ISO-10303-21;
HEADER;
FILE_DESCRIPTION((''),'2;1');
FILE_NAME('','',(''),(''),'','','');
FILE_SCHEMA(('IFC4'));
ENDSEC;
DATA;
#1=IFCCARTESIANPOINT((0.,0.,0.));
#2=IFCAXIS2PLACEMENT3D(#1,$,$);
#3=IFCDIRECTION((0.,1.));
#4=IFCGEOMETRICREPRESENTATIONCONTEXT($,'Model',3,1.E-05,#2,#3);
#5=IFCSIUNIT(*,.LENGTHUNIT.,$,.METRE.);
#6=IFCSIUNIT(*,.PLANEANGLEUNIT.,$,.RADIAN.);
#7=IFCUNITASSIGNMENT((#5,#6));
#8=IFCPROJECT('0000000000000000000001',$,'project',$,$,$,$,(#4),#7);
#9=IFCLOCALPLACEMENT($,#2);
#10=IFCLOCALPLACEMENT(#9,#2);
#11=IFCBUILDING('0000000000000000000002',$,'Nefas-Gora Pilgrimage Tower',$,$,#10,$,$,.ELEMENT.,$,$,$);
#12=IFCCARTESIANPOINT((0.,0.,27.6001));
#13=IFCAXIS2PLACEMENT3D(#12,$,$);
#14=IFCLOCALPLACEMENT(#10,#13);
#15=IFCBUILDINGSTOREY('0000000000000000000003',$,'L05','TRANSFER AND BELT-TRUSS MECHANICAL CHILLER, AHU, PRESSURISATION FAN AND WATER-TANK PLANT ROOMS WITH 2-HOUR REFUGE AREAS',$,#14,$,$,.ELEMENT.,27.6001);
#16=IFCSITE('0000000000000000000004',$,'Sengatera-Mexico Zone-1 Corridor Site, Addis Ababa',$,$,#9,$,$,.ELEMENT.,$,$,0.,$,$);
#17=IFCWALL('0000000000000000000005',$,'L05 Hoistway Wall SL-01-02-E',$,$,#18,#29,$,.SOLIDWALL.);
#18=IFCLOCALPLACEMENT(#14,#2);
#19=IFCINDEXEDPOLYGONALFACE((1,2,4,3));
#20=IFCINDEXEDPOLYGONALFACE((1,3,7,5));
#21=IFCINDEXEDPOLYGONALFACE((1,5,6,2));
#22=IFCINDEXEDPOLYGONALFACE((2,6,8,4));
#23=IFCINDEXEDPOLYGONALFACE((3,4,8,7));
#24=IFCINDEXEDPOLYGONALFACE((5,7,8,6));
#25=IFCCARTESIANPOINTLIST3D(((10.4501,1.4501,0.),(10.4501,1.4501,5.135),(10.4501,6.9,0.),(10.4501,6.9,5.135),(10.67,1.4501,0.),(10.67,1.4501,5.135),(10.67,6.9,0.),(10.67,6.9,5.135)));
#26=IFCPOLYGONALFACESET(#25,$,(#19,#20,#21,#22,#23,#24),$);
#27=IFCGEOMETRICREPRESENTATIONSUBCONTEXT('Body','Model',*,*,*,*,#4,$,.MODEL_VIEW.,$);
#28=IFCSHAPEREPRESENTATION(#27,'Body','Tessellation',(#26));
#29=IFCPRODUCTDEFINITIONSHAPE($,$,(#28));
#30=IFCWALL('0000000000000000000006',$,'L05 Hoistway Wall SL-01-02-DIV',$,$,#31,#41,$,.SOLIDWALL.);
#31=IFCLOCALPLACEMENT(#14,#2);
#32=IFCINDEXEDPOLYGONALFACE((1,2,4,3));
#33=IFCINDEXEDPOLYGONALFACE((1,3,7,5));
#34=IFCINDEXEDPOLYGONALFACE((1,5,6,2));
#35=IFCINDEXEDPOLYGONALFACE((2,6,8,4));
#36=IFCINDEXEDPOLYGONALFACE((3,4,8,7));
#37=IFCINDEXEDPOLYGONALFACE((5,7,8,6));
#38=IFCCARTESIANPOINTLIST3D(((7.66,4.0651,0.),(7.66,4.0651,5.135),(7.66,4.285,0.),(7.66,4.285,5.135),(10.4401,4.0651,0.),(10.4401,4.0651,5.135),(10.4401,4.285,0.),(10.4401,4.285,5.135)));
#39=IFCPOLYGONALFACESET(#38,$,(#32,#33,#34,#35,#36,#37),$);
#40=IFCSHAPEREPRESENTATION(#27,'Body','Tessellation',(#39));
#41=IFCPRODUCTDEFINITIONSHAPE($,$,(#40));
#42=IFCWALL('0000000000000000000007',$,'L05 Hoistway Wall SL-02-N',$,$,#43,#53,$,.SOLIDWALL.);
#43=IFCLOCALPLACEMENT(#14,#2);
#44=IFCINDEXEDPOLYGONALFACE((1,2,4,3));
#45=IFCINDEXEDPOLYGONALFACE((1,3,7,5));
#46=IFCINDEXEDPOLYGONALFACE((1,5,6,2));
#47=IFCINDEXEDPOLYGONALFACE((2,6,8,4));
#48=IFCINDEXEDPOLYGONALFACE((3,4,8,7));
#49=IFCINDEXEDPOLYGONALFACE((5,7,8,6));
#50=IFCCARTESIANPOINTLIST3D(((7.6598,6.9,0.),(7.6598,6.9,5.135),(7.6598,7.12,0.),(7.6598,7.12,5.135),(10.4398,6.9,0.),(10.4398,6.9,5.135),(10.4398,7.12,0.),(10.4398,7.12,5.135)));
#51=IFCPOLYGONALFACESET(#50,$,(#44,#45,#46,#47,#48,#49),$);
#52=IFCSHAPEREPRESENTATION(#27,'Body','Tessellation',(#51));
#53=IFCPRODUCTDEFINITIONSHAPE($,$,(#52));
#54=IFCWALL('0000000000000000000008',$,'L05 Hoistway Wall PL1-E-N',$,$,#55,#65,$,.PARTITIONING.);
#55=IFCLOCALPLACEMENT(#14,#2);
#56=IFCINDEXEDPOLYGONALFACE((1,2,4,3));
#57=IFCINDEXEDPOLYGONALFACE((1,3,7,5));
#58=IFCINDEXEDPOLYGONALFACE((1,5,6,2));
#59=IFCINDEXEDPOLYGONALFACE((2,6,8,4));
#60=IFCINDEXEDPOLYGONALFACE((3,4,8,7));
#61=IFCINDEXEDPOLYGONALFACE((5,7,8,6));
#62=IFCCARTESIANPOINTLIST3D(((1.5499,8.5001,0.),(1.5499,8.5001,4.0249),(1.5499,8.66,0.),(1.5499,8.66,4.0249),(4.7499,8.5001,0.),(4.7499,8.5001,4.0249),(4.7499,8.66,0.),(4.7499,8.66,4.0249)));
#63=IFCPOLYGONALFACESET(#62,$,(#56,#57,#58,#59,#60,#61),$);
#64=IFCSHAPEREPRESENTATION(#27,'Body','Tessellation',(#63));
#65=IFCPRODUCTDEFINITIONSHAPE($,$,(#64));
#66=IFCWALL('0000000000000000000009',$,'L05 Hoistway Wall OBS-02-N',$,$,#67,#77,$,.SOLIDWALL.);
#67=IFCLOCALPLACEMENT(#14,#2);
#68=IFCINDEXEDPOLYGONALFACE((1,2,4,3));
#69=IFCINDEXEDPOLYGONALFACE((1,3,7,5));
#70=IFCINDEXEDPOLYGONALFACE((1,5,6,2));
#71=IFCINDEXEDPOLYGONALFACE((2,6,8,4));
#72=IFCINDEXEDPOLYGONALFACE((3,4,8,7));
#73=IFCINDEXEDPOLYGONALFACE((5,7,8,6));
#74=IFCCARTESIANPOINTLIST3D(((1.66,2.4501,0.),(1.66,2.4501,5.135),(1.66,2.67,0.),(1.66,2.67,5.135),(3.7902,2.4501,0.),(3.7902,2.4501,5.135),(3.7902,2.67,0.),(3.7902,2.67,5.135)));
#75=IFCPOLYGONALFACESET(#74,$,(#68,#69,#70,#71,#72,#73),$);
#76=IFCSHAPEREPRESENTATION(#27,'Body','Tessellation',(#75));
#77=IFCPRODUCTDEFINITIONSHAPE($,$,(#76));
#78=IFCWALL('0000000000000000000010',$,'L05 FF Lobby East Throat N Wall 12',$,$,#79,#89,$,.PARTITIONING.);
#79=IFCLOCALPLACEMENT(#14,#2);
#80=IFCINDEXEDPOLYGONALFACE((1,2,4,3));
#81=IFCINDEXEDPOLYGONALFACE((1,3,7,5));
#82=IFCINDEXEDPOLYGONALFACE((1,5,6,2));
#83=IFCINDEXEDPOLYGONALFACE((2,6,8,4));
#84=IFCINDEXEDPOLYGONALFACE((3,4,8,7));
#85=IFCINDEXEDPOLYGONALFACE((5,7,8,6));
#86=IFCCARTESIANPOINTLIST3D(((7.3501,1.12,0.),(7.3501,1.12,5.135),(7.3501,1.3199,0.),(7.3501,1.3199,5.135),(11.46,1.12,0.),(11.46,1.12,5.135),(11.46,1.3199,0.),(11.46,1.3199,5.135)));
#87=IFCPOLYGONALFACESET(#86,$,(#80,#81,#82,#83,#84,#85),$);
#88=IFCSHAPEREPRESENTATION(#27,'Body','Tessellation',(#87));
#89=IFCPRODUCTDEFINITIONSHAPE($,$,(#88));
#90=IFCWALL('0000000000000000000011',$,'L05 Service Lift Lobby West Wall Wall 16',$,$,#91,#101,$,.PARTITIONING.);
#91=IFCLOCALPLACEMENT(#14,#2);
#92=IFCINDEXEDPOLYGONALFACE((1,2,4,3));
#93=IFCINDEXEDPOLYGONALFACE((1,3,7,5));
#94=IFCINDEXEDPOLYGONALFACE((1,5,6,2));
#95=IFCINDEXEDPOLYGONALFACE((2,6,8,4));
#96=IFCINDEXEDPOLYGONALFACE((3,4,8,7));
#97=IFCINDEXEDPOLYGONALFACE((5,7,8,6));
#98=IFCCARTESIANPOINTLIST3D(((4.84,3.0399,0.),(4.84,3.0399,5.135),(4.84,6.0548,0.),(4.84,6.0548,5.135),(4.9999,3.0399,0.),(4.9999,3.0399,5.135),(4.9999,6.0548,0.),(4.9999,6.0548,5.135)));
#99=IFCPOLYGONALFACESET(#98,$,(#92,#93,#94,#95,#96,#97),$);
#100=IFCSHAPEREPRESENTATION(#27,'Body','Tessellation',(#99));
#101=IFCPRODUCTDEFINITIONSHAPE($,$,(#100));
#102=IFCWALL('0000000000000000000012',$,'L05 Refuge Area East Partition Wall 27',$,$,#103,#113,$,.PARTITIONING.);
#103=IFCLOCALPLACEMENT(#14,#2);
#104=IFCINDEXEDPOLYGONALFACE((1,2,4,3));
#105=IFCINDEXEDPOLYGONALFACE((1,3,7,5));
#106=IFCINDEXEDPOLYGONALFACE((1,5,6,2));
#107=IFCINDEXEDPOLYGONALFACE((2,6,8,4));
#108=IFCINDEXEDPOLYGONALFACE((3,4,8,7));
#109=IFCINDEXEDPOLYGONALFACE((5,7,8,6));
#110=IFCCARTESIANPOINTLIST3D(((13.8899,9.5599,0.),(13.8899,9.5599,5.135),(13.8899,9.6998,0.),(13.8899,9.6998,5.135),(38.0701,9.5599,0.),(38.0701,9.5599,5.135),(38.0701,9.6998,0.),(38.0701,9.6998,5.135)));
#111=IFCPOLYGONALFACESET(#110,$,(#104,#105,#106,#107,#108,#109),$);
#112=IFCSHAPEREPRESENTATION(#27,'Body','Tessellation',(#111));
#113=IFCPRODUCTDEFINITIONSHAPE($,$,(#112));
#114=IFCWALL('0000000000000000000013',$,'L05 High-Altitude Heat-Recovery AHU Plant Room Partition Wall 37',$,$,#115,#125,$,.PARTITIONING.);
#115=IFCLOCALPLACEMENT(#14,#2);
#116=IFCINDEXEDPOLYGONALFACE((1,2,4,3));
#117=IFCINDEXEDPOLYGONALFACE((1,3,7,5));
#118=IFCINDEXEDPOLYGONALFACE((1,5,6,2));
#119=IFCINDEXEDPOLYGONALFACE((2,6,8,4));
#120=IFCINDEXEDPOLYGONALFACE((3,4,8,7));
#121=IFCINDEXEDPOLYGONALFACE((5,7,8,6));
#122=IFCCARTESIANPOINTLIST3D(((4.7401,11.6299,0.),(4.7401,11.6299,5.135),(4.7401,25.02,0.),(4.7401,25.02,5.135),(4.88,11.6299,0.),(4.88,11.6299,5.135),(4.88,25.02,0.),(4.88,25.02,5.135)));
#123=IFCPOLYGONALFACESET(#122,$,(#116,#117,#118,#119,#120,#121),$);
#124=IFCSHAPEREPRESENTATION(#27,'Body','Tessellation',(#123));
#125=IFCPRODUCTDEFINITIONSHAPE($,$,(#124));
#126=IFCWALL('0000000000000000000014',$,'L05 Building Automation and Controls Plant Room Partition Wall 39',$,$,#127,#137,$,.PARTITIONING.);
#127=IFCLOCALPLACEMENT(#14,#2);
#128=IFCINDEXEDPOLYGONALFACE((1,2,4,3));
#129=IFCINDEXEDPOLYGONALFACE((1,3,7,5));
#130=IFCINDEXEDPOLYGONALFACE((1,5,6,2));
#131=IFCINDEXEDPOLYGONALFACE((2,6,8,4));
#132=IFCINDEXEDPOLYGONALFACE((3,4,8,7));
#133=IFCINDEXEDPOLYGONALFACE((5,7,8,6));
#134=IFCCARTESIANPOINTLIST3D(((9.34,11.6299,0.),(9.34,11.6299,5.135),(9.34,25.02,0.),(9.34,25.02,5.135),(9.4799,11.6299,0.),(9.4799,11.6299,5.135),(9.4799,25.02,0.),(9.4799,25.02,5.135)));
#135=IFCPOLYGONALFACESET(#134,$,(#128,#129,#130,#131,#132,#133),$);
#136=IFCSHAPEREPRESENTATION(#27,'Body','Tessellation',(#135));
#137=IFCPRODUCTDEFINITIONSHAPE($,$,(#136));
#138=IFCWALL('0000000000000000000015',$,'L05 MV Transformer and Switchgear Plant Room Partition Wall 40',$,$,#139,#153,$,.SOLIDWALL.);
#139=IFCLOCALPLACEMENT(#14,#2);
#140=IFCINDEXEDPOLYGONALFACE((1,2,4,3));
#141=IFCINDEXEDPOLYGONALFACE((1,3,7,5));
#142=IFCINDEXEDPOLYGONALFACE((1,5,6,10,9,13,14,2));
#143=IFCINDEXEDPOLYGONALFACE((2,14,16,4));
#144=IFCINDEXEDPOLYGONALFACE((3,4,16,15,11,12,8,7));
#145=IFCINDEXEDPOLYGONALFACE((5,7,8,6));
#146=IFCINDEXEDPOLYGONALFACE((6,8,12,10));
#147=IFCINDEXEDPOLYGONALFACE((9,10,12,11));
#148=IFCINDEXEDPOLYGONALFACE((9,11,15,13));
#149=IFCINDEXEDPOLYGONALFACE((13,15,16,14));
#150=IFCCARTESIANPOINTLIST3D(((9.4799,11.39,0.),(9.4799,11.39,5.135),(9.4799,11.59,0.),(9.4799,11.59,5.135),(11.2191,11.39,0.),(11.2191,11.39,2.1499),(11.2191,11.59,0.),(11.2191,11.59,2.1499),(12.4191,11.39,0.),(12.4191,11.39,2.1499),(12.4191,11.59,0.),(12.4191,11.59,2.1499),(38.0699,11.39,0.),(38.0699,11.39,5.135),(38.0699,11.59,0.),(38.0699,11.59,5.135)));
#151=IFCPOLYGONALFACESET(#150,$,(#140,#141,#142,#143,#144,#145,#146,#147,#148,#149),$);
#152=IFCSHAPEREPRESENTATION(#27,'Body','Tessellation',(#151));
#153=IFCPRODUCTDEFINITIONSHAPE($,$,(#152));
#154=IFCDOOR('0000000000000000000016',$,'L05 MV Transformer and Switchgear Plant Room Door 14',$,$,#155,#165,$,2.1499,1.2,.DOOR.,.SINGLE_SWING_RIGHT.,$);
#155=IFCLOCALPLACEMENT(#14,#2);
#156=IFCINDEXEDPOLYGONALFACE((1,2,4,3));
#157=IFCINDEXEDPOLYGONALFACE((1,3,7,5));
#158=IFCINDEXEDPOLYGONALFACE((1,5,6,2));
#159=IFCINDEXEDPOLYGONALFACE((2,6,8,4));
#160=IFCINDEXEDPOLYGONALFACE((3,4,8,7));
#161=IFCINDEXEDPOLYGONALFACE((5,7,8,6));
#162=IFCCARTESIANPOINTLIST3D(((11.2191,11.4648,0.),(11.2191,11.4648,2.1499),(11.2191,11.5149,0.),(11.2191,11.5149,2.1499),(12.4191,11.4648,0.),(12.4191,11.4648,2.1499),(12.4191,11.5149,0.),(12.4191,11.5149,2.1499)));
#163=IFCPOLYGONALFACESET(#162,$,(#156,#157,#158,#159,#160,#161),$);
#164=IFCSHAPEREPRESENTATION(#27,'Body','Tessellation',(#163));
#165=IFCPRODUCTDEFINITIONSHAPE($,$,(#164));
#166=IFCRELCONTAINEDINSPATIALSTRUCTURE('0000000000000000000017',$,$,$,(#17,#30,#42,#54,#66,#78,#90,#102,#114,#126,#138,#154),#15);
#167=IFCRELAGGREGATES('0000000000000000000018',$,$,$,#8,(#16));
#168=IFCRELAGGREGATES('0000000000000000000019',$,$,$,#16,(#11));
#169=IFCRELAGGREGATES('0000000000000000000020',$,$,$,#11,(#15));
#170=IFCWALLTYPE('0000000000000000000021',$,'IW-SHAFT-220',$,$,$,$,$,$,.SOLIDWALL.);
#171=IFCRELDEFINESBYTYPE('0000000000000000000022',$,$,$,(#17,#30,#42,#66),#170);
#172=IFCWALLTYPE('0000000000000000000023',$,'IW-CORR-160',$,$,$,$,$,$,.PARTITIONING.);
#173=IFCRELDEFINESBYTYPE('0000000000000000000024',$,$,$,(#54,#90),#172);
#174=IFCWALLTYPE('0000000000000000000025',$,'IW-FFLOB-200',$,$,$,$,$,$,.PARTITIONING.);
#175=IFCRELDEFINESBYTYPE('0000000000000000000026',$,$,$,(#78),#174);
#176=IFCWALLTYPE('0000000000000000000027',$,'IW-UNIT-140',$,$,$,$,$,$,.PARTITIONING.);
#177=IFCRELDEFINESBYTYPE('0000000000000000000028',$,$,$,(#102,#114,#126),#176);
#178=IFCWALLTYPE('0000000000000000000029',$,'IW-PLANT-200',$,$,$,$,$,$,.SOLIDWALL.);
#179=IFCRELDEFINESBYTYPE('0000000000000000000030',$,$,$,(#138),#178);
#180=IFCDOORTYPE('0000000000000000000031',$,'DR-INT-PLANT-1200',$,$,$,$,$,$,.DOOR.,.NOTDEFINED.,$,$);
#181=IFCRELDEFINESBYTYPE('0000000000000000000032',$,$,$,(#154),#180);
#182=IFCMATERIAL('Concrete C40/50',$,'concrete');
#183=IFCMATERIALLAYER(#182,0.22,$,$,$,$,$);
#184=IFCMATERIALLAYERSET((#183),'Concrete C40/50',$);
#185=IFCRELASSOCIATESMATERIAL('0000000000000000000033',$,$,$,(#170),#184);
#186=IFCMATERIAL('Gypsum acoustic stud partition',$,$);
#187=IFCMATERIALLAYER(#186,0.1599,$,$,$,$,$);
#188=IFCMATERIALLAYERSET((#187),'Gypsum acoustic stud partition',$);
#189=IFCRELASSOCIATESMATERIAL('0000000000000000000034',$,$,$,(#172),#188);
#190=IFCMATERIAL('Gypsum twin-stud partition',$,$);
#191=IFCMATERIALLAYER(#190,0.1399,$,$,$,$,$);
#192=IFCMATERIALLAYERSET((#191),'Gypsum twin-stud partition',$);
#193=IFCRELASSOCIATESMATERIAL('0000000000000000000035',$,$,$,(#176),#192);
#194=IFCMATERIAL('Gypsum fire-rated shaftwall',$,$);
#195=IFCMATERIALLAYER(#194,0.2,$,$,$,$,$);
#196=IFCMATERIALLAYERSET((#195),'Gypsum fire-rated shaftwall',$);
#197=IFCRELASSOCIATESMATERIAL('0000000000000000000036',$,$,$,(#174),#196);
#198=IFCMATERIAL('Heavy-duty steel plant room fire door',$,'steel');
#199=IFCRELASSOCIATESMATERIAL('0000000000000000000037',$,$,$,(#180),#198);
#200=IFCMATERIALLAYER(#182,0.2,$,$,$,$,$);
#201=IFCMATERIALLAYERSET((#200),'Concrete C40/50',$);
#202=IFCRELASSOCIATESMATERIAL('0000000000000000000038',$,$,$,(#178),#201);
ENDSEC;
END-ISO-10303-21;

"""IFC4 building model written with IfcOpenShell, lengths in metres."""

from ifc_helpers import new_model, si_unit, direction, frame, frame_2d, origin, place, context, subcontext, project, spatial, rectangle, extrude, source, transform, mapped, material, layer, layer_set, type_object, element, fill, save


model = new_model("IFC4")

# Units and contexts
model_context = context("Model", 3, precision=1e-05, world=origin(), true_north=direction((0.0, 1.0)))
body_context = subcontext(model_context, "Body", "Model", "MODEL_VIEW")
ifc_project = project(units=[si_unit("LENGTHUNIT", "METRE"), si_unit("PLANEANGLEUNIT", "RADIAN")], contexts=[model_context])

# Site, building, storey
site_placement = place(None, origin())
site = spatial("IfcSite", under=ifc_project, at=site_placement, Name="Sengatera-Mexico Zone-1 Corridor Site, Addis Ababa", CompositionType="ELEMENT", RefElevation=0.0)
building_placement = place(site_placement, origin())
building = spatial("IfcBuilding", under=site, at=building_placement, Name="Nefas-Gora Pilgrimage Tower", CompositionType="ELEMENT")
storey_placement = place(building_placement, frame((0.0, 0.0, 27.6001)))
storey = spatial("IfcBuildingStorey", under=building, at=storey_placement, Name="L05", Description="TRANSFER AND BELT-TRUSS MECHANICAL CHILLER, AHU, PRESSURISATION FAN AND WATER-TANK PLANT ROOMS WITH 2-HOUR REFUGE AREAS", CompositionType="ELEMENT", Elevation=27.6001)

# Shared definitions
ifc_material_1 = material(Name="Concrete C40/50", Category="concrete")
ifc_layer_1 = layer(ifc_material_1, 0.22)
ifc_layer_set_1 = layer_set([ifc_layer_1], Name="Concrete C40/50")
wall_type_1 = type_object("IfcWallType", Name="IW-SHAFT-220", PredefinedType="SOLIDWALL", material=ifc_layer_set_1)
shared_shape_1 = source(origin(), body_context, "Body", "SweptSolid", [
    extrude(rectangle(XDim=5.45, YDim=0.22, at=frame_2d((2.7251, 0.0))), origin(), (0.0, 0.0, 1.0), 5.135),
])

# Walls
wall_1_placement = place(storey_placement, frame((10.5601, 1.45, 0.0), z_axis=(0.0, 0.0, 1.0), x_axis=(0.0, 1.0, 0.0)))
element("IfcWall", 1, at=wall_1_placement, inside=storey, type_object=wall_type_1, Name="L05 Hoistway Wall SL-01-02-E", PredefinedType="SOLIDWALL", context=body_context, shape_type="MappedRepresentation", body=[
    mapped(shared_shape_1, transform((0.0, 0.0, 0.0), x_axis=(1.0, 0.0, 0.0), y_axis=(0.0, 1.0, 0.0), z_axis=(0.0, 0.0, 1.0), scale=1.0)),
])
shared_shape_2 = source(origin(), body_context, "Body", "SweptSolid", [
    extrude(rectangle(XDim=2.78, YDim=0.22, at=frame_2d((1.3901, 0.0))), origin(), (0.0, 0.0, 1.0), 5.135),
])
for number, where, z_axis, x_axis, name in (
    (2, (7.6599, 4.175, 0.0), (0.0, 0.0, 1.0), (1.0, 0.0, 0.0), "L05 Hoistway Wall SL-01-02-DIV"),
    (3, (10.4399, 7.01, 0.0), (0.0, 0.0, 1.0), (-1.0, 0.0, 0.0), "L05 Hoistway Wall SL-02-N"),
):
    element("IfcWall", number, at=place(storey_placement, frame(where, z_axis=z_axis, x_axis=x_axis)), inside=storey, type_object=wall_type_1, Name=name, PredefinedType="SOLIDWALL", context=body_context, shape_type="MappedRepresentation", body=[
        mapped(shared_shape_2, transform((0.0, 0.0, 0.0), x_axis=(1.0, 0.0, 0.0), y_axis=(0.0, 1.0, 0.0), z_axis=(0.0, 0.0, 1.0), scale=1.0)),
    ])
ifc_material_2 = material(Name="Gypsum acoustic stud partition")
ifc_layer_2 = layer(ifc_material_2, 0.1599)
ifc_layer_set_2 = layer_set([ifc_layer_2], Name="Gypsum acoustic stud partition")
wall_type_2 = type_object("IfcWallType", Name="IW-CORR-160", PredefinedType="PARTITIONING", material=ifc_layer_set_2)
shared_shape_3 = source(origin(), body_context, "Body", "SweptSolid", [
    extrude(rectangle(XDim=3.2, YDim=0.1599, at=frame_2d((1.6001, 0.0))), origin(), (0.0, 0.0, 1.0), 4.0249),
])
wall_2_placement = place(storey_placement, frame((4.75, 8.5801, 0.0), z_axis=(0.0, 0.0, 1.0), x_axis=(-1.0, 0.0, 0.0)))
element("IfcWall", 4, at=wall_2_placement, inside=storey, type_object=wall_type_2, Name="L05 Hoistway Wall PL1-E-N", PredefinedType="PARTITIONING", context=body_context, shape_type="MappedRepresentation", body=[
    mapped(shared_shape_3, transform((0.0, 0.0, 0.0), x_axis=(1.0, 0.0, 0.0), y_axis=(0.0, 1.0, 0.0), z_axis=(0.0, 0.0, 1.0), scale=1.0)),
])
ifc_material_3 = material(Name="Gypsum twin-stud partition")
ifc_layer_3 = layer(ifc_material_3, 0.1399)
ifc_layer_set_3 = layer_set([ifc_layer_3], Name="Gypsum twin-stud partition")
wall_type_3 = type_object("IfcWallType", Name="IW-UNIT-140", PredefinedType="PARTITIONING", material=ifc_layer_set_3)
shared_shape_4 = source(origin(), body_context, "Body", "SweptSolid", [
    extrude(rectangle(XDim=2.1301, YDim=0.22, at=frame_2d((1.0649, 0.0))), origin(), (0.0, 0.0, 1.0), 5.135),
])
wall_3_placement = place(storey_placement, frame((3.79, 2.5601, 0.0), z_axis=(0.0, 0.0, 1.0), x_axis=(-1.0, 0.0, 0.0)))
element("IfcWall", 5, at=wall_3_placement, inside=storey, type_object=wall_type_1, Name="L05 Hoistway Wall OBS-02-N", PredefinedType="SOLIDWALL", context=body_context, shape_type="MappedRepresentation", body=[
    mapped(shared_shape_4, transform((0.0, 0.0, 0.0), x_axis=(1.0, 0.0, 0.0), y_axis=(0.0, 1.0, 0.0), z_axis=(0.0, 0.0, 1.0), scale=1.0)),
])

# Shared definitions
ifc_material_4 = material(Name="Gypsum fire-rated shaftwall")
ifc_layer_4 = layer(ifc_material_4, 0.2)
ifc_layer_set_4 = layer_set([ifc_layer_4], Name="Gypsum fire-rated shaftwall")
wall_type_4 = type_object("IfcWallType", Name="IW-FFLOB-200", PredefinedType="PARTITIONING", material=ifc_layer_set_4)
ifc_material_5 = material(Name="Heavy-duty steel plant room fire door", Category="steel")
door_type_1 = type_object("IfcDoorType", Name="DR-INT-PLANT-1200", OperationType="NOTDEFINED", PredefinedType="DOOR", material=ifc_material_5)
shared_shape_5 = source(origin(), body_context, "Body", "SweptSolid", [
    extrude(rectangle(XDim=1.2, YDim=2.1499, at=frame_2d((0.6001, 1.075))), frame((0.0, 0.0249, 0.0), z_axis=(0.0, -1.0, 0.0), x_axis=(1.0, 0.0, 0.0)), (0.0, 0.0, 1.0), 0.05),
])

# Walls
shared_shape_6 = source(origin(), body_context, "Body", "SweptSolid", [
    extrude(rectangle(XDim=4.1099, YDim=0.2, at=frame_2d((2.0549, 0.0))), origin(), (0.0, 0.0, 1.0), 5.135),
])
wall_4_placement = place(storey_placement, frame((7.3501, 1.22, 0.0), z_axis=(0.0, 0.0, 1.0), x_axis=(1.0, 0.0, 0.0)))
element("IfcWall", 6, at=wall_4_placement, inside=storey, type_object=wall_type_4, Name="L05 FF Lobby East Throat N Wall 12", PredefinedType="PARTITIONING", context=body_context, shape_type="MappedRepresentation", body=[
    mapped(shared_shape_6, transform((0.0, 0.0, 0.0), x_axis=(1.0, 0.0, 0.0), y_axis=(0.0, 1.0, 0.0), z_axis=(0.0, 0.0, 1.0), scale=1.0)),
])
shared_shape_7 = source(origin(), body_context, "Body", "SweptSolid", [
    extrude(rectangle(XDim=3.0149, YDim=0.1599, at=frame_2d((1.5073, 0.0))), origin(), (0.0, 0.0, 1.0), 5.135),
])
wall_5_placement = place(storey_placement, frame((4.9199, 3.04, 0.0), z_axis=(0.0, 0.0, 1.0), x_axis=(0.0, 1.0, 0.0)))
element("IfcWall", 7, at=wall_5_placement, inside=storey, type_object=wall_type_2, Name="L05 Service Lift Lobby West Wall Wall 16", PredefinedType="PARTITIONING", context=body_context, shape_type="MappedRepresentation", body=[
    mapped(shared_shape_7, transform((0.0, 0.0, 0.0), x_axis=(1.0, 0.0, 0.0), y_axis=(0.0, 1.0, 0.0), z_axis=(0.0, 0.0, 1.0), scale=1.0)),
])
shared_shape_8 = source(origin(), body_context, "Body", "SweptSolid", [
    extrude(rectangle(XDim=24.1802, YDim=0.1399, at=frame_2d((12.0901, 0.0))), origin(), (0.0, 0.0, 1.0), 5.135),
])
wall_6_placement = place(storey_placement, frame((13.8899, 9.6299, 0.0), z_axis=(0.0, 0.0, 1.0), x_axis=(1.0, 0.0, 0.0)))
element("IfcWall", 8, at=wall_6_placement, inside=storey, type_object=wall_type_3, Name="L05 Refuge Area East Partition Wall 27", PredefinedType="PARTITIONING", context=body_context, shape_type="MappedRepresentation", body=[
    mapped(shared_shape_8, transform((0.0, 0.0, 0.0), x_axis=(1.0, 0.0, 0.0), y_axis=(0.0, 1.0, 0.0), z_axis=(0.0, 0.0, 1.0), scale=1.0)),
])

# Shared definitions
ifc_layer_5 = layer(ifc_material_1, 0.2)
ifc_layer_set_5 = layer_set([ifc_layer_5], Name="Concrete C40/50")
wall_type_5 = type_object("IfcWallType", Name="IW-PLANT-200", PredefinedType="SOLIDWALL", material=ifc_layer_set_5)

# Walls
shared_shape_9 = source(origin(), body_context, "Body", "SweptSolid", [
    extrude(rectangle(XDim=13.3901, YDim=0.1399, at=frame_2d((6.6951, 0.0))), origin(), (0.0, 0.0, 1.0), 5.135),
])
for number, where, z_axis, x_axis, name in (
    (9, (4.8101, 11.6299, 0.0), (0.0, 0.0, 1.0), (0.0, 1.0, 0.0), "L05 High-Altitude Heat-Recovery AHU Plant Room Partition Wall 37"),
    (10, (9.4099, 11.6299, 0.0), (0.0, 0.0, 1.0), (0.0, 1.0, 0.0), "L05 Building Automation and Controls Plant Room Partition Wall 39"),
):
    element("IfcWall", number, at=place(storey_placement, frame(where, z_axis=z_axis, x_axis=x_axis)), inside=storey, type_object=wall_type_3, Name=name, PredefinedType="PARTITIONING", context=body_context, shape_type="MappedRepresentation", body=[
        mapped(shared_shape_9, transform((0.0, 0.0, 0.0), x_axis=(1.0, 0.0, 0.0), y_axis=(0.0, 1.0, 0.0), z_axis=(0.0, 0.0, 1.0), scale=1.0)),
    ])

# Wall, opening, door
shared_shape_10 = source(origin(), body_context, "Body", "SweptSolid", [
    extrude(rectangle(XDim=28.5901, YDim=0.2, at=frame_2d((14.2949, 0.0))), origin(), (0.0, 0.0, 1.0), 5.135),
])
wall_7_placement = place(storey_placement, frame((9.48, 11.49, 0.0), z_axis=(0.0, 0.0, 1.0), x_axis=(1.0, 0.0, 0.0)))
wall_7 = element("IfcWall", 11, at=wall_7_placement, inside=storey, type_object=wall_type_5, Name="L05 MV Transformer and Switchgear Plant Room Partition Wall 40", PredefinedType="SOLIDWALL", context=body_context, shape_type="MappedRepresentation", body=[
    mapped(shared_shape_10, transform((0.0, 0.0, 0.0), x_axis=(1.0, 0.0, 0.0), y_axis=(0.0, 1.0, 0.0), z_axis=(0.0, 0.0, 1.0), scale=1.0)),
])
opening_1_placement = place(wall_7_placement, frame((1.739, 0.0, 0.0)))
opening_1 = element("IfcOpeningElement", 12, at=opening_1_placement, cuts=wall_7, PredefinedType="OPENING", context=body_context, shape_type="SweptSolid", body=[
    extrude(rectangle(XDim=1.2, YDim=2.1499, at=frame_2d((0.6001, 1.075))), frame((0.0, 0.1099, 0.0), z_axis=(0.0, -1.0, 0.0), x_axis=(1.0, 0.0, 0.0)), (0.0, 0.0, 1.0), 0.22),
])
door_1_placement = place(opening_1_placement, origin())
door_1 = element("IfcDoor", 13, at=door_1_placement, inside=storey, type_object=door_type_1, Name="L05 MV Transformer and Switchgear Plant Room Door 14", OperationType="SINGLE_SWING_RIGHT", OverallHeight=2.1499, OverallWidth=1.2, PredefinedType="DOOR", context=body_context, shape_type="MappedRepresentation", body=[
    mapped(shared_shape_5, transform((0.0, 0.0, 0.0), x_axis=(1.0, 0.0, 0.0), y_axis=(0.0, 1.0, 0.0), z_axis=(0.0, 0.0, 1.0), scale=1.0)),
])
fill(opening_1, door_1)

save(model, "model.ifc")
